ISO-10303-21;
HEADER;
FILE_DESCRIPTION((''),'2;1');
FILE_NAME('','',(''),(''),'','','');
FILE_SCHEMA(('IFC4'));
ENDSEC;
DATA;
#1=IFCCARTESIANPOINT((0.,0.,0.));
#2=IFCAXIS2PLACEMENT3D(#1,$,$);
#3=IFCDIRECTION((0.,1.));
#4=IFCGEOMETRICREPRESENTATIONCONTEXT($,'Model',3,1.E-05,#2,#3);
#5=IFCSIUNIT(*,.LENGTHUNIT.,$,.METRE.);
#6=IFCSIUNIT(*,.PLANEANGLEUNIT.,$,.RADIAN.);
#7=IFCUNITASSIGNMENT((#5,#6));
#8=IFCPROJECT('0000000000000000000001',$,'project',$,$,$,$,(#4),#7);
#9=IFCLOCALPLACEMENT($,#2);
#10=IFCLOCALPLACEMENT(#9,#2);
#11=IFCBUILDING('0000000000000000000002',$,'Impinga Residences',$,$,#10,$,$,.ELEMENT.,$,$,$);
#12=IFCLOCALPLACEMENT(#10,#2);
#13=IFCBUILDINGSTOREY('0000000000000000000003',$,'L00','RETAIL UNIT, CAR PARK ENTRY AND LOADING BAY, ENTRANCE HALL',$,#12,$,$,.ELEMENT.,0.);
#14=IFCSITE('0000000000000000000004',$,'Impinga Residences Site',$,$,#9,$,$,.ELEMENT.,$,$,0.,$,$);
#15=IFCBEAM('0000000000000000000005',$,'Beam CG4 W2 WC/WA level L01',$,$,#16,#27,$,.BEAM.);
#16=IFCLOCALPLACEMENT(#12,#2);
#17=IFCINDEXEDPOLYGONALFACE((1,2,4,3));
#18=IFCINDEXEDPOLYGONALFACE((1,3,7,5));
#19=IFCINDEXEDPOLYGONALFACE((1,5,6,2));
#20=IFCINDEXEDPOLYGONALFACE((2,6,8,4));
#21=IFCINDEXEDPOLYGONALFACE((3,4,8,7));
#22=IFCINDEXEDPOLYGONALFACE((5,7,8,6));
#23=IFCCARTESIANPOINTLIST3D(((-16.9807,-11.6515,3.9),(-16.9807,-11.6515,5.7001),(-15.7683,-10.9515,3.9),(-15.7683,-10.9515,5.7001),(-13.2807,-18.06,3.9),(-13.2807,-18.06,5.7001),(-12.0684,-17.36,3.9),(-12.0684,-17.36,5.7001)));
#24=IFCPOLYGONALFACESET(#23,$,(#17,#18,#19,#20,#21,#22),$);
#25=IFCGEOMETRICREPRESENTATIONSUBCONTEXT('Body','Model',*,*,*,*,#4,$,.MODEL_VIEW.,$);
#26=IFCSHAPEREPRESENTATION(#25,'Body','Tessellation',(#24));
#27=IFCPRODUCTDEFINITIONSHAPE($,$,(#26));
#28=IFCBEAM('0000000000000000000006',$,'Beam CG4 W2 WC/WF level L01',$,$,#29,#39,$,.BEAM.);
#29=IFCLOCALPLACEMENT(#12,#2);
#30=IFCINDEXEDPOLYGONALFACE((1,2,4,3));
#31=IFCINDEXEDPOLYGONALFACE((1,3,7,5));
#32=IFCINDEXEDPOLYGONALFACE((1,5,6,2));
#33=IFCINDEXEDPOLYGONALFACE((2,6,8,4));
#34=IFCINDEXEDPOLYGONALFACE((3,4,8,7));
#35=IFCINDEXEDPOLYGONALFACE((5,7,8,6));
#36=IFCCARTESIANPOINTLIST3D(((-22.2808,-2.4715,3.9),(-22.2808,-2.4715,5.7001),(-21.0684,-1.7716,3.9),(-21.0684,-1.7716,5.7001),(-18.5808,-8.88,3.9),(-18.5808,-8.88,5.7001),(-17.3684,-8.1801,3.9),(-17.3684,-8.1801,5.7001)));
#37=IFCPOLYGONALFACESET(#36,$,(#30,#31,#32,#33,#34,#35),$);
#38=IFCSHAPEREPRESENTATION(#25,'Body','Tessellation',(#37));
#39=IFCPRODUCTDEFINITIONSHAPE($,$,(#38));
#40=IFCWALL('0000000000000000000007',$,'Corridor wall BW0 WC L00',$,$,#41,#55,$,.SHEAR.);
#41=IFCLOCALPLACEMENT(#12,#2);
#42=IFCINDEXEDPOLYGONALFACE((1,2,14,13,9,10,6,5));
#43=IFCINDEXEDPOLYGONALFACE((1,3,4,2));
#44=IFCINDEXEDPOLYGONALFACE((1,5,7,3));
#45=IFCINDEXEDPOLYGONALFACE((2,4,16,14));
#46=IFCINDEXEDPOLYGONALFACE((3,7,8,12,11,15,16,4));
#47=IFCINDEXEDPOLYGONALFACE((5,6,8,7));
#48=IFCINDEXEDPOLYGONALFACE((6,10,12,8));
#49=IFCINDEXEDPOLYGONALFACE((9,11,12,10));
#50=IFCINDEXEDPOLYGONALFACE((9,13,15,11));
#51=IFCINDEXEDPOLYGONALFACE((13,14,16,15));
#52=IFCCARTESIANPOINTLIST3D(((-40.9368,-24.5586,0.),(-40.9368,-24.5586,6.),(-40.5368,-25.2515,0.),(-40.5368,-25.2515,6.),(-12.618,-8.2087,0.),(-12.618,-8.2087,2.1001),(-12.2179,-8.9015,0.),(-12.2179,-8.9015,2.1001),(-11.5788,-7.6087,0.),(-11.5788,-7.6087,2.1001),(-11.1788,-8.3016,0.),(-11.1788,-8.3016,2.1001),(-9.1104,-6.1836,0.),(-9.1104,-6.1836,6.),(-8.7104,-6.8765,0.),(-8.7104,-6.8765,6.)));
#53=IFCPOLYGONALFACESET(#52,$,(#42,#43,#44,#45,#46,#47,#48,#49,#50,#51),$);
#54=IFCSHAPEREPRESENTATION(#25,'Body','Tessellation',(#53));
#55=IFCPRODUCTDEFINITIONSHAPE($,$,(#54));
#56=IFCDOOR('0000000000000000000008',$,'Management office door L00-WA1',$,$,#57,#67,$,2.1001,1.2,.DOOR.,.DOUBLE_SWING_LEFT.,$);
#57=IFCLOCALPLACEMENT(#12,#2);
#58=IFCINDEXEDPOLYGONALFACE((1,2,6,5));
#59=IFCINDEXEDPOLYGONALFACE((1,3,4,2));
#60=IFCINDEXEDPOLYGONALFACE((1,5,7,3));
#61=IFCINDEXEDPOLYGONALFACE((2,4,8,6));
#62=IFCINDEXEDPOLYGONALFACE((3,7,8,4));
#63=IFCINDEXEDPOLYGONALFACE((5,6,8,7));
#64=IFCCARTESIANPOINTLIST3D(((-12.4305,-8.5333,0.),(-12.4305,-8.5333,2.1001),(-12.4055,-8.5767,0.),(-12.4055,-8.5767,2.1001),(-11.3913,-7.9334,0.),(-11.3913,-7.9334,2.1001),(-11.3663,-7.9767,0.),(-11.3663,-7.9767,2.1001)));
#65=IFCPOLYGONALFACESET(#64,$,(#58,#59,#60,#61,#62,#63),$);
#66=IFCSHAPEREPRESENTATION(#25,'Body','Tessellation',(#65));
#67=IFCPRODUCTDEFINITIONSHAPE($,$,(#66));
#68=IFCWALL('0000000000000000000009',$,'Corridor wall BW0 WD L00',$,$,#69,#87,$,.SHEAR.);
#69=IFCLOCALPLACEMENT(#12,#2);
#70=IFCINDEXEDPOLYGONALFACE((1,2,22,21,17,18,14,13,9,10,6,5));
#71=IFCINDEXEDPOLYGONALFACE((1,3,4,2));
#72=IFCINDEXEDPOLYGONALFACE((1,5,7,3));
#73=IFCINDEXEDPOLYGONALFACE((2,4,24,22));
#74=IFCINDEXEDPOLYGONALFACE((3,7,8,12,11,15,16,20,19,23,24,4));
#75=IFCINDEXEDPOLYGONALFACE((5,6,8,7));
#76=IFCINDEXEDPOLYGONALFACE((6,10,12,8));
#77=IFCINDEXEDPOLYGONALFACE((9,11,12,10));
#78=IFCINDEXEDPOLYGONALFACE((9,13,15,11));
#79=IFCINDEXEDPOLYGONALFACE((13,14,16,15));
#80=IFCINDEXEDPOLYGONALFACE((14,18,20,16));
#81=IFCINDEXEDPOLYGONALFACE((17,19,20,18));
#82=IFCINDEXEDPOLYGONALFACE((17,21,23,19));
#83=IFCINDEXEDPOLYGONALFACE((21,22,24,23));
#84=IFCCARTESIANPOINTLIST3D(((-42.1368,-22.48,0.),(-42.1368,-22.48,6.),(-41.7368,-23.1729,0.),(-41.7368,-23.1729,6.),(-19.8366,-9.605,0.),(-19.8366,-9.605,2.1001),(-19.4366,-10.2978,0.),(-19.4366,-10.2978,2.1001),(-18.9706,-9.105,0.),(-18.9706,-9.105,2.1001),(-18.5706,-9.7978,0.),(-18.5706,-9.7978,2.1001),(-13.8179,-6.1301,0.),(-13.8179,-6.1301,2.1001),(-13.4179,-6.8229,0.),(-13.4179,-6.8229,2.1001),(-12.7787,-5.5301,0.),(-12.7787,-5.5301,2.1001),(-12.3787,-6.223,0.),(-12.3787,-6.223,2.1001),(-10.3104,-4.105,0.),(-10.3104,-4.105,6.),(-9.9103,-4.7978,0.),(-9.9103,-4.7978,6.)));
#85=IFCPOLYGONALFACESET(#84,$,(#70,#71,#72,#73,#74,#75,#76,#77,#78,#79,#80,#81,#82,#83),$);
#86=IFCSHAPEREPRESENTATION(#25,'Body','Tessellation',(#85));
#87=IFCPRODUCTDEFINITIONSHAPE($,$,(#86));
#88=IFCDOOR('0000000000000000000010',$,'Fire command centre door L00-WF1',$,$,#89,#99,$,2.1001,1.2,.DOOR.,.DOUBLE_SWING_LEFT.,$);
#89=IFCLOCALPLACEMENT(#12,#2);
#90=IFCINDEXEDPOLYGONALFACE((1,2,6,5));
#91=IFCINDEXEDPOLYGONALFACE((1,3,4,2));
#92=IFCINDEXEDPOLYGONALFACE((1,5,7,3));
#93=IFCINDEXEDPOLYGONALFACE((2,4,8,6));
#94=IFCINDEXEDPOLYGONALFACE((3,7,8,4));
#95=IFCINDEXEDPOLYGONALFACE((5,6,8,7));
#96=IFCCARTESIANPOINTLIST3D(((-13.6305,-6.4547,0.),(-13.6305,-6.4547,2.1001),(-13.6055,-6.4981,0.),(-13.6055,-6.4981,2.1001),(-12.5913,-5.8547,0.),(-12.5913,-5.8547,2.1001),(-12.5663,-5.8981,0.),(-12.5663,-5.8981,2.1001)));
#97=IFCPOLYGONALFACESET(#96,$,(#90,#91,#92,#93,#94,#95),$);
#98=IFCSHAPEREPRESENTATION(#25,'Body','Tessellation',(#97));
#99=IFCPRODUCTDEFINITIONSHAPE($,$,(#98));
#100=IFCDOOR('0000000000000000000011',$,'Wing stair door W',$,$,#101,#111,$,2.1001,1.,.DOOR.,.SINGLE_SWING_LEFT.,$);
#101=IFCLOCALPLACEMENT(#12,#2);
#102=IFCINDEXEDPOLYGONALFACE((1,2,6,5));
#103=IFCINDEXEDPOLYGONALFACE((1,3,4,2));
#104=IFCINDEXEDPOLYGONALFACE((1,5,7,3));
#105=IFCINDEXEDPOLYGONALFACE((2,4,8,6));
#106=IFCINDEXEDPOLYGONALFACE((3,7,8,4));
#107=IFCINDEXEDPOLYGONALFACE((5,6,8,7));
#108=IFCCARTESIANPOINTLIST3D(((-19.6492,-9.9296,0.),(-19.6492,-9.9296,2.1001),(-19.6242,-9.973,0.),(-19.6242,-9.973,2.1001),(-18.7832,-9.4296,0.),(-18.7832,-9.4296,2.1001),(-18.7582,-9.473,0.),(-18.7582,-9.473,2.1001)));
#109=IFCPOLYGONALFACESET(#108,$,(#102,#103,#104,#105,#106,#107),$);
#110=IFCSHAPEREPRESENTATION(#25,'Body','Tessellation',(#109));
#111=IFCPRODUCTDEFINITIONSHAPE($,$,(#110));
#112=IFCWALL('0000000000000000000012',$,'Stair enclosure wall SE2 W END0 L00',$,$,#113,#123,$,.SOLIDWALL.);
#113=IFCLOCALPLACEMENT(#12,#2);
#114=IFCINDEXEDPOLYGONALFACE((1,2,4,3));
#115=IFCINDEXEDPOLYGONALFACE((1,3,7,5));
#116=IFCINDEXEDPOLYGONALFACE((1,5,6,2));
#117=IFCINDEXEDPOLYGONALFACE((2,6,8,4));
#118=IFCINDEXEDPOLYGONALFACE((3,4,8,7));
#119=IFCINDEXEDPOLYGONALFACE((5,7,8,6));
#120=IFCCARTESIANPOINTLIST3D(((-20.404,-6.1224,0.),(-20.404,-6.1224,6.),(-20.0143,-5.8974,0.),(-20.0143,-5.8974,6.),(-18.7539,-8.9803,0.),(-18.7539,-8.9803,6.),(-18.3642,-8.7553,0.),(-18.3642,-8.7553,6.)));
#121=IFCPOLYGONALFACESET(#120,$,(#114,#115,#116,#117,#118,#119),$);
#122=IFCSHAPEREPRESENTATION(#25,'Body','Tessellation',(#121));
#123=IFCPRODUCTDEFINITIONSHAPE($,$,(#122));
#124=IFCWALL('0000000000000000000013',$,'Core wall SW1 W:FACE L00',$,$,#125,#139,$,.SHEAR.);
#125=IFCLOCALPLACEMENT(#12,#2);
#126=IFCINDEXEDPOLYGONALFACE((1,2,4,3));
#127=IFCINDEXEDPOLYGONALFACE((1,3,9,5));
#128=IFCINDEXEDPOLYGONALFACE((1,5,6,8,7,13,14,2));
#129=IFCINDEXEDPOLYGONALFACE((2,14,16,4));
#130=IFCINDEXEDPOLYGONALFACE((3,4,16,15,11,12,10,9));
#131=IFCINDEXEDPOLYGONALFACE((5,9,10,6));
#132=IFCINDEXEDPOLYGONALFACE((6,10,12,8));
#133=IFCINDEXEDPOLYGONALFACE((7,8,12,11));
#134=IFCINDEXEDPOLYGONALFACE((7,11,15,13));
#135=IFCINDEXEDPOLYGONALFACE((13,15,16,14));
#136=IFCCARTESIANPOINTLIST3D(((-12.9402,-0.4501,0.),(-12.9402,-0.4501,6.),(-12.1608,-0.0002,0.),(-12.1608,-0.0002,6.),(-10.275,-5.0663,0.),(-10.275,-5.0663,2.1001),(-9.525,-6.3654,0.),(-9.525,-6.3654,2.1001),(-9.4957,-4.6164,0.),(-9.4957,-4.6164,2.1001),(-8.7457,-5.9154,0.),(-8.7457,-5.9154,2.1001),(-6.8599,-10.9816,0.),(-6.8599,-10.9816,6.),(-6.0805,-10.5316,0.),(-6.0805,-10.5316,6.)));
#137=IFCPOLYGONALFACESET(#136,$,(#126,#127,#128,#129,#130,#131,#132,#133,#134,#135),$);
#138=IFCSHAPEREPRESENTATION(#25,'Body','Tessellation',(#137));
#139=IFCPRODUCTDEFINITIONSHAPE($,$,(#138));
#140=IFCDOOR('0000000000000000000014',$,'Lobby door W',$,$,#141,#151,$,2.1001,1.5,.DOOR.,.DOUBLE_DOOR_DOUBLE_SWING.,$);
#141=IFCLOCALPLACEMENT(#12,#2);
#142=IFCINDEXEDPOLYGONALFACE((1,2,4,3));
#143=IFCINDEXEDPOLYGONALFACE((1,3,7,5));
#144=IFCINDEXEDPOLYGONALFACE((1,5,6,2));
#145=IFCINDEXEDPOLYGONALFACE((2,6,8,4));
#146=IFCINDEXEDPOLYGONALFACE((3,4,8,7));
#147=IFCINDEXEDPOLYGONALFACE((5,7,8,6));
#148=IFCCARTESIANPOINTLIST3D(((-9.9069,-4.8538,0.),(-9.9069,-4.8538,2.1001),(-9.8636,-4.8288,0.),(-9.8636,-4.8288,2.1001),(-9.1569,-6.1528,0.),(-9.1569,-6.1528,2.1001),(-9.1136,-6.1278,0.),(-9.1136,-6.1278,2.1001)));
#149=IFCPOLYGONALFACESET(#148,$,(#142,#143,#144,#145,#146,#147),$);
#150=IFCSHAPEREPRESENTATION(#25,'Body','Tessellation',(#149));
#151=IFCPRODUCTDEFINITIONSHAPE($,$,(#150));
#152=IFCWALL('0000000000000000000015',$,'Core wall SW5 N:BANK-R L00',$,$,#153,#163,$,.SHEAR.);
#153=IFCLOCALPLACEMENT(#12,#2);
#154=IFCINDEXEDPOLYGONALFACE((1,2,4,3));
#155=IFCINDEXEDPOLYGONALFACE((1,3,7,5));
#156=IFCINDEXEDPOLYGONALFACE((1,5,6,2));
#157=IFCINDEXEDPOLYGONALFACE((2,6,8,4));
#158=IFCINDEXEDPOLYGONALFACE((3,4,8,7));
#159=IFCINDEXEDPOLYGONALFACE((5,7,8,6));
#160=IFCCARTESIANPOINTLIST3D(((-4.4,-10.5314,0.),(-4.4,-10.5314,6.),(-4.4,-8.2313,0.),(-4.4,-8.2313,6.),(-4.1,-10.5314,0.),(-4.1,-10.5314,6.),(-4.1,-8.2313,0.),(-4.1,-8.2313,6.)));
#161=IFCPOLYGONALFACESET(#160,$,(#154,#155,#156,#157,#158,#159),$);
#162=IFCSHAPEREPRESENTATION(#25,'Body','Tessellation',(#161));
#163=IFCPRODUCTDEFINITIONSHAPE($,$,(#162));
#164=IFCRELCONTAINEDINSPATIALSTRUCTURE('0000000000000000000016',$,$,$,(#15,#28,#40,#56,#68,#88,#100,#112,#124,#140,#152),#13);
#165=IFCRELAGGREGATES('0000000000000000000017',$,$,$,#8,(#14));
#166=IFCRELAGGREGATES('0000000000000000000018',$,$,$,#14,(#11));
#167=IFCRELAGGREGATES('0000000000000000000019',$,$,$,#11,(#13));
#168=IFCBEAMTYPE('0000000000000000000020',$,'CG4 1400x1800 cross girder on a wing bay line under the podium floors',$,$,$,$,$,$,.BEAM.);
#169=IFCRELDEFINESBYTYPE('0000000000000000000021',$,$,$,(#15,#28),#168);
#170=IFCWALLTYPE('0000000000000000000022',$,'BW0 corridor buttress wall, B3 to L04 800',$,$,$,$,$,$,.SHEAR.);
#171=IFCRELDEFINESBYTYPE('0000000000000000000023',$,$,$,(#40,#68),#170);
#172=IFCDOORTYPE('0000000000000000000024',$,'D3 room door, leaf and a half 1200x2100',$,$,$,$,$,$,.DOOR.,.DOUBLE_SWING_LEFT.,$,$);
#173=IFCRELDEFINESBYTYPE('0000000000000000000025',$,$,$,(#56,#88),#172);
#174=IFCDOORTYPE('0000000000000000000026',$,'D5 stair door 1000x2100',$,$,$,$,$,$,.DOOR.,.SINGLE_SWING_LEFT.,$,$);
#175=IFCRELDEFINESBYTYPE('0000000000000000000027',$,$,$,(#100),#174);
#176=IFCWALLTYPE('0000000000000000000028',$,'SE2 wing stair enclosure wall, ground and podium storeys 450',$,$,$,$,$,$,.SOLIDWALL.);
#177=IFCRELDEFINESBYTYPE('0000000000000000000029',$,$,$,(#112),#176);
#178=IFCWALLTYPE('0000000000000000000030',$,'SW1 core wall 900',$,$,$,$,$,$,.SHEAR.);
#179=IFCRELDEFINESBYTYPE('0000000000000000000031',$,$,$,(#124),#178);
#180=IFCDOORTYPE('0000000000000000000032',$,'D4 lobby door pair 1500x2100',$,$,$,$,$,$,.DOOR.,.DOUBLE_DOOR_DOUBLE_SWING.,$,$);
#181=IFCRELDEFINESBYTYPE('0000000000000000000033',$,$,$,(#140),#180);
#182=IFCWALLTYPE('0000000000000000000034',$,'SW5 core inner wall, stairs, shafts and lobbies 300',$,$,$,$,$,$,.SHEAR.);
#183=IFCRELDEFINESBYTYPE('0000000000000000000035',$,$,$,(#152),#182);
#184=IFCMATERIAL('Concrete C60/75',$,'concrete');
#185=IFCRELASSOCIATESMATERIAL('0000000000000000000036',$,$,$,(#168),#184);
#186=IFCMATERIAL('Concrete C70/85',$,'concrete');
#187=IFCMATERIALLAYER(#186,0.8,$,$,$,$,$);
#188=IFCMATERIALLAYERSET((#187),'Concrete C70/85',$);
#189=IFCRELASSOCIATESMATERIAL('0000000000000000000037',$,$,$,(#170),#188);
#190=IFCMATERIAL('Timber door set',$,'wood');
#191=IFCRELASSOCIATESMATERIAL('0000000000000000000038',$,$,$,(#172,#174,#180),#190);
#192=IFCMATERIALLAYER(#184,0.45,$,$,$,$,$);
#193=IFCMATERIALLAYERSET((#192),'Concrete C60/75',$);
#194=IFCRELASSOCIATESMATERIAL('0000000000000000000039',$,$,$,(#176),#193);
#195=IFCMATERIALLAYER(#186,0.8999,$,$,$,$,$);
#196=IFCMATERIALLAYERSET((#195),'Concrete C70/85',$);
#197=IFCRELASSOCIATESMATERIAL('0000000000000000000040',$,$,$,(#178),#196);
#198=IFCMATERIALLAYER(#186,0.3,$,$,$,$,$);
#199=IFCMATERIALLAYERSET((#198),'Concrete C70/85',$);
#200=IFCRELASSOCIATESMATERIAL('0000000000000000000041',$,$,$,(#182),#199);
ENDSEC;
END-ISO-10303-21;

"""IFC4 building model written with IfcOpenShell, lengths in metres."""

from ifc_helpers import new_model, si_unit, direction, frame, frame_2d, origin, origin_2d, place, context, subcontext, project, spatial, rectangle, extrude, material, layer, layer_set, material_profile, profile_set, type_object, element, fill, save


model = new_model("IFC4")

# Units and contexts
model_context = context("Model", 3, precision=1e-05, world=origin(), true_north=direction((0.0, 1.0)))
body_context = subcontext(model_context, "Body", "Model", "MODEL_VIEW")
ifc_project = project(units=[si_unit("LENGTHUNIT", "METRE"), si_unit("PLANEANGLEUNIT", "RADIAN")], contexts=[model_context])

# Site, building, storey
site_placement = place(None, origin())
site = spatial("IfcSite", under=ifc_project, at=site_placement, Name="Impinga Residences Site", CompositionType="ELEMENT", RefElevation=0.0)
building_placement = place(site_placement, origin())
building = spatial("IfcBuilding", under=site, at=building_placement, Name="Impinga Residences", CompositionType="ELEMENT")
storey_placement = place(building_placement, origin())
storey = spatial("IfcBuildingStorey", under=building, at=storey_placement, Name="L00", Description="RETAIL UNIT, CAR PARK ENTRY AND LOADING BAY, ENTRANCE HALL", CompositionType="ELEMENT", Elevation=0.0)

# Beams
ifc_material_1 = material(Name="Concrete C60/75", Category="concrete")
ifc_material_profile = material_profile(ifc_material_1, rectangle(XDim=1.3999, YDim=1.8, at=origin_2d()), Name="RC 1400x1800")
ifc_profile_set = profile_set([ifc_material_profile], Name="Concrete C60/75")
beam_type = type_object("IfcBeamType", Name="CG4 1400x1800 cross girder on a wing bay line under the podium floors", PredefinedType="BEAM", material=ifc_profile_set)
for number, where, z_axis, x_axis, name in (
    (1, (-16.3745, -11.3015, 4.8), (0.500003, -0.866024, 0.0), (0.866024, 0.500003, 0.0), "Beam CG4 W2 WC/WA level L01"),
    (2, (-17.9746, -8.53, 4.8), (-0.500003, 0.866024, 0.0), (-0.866024, -0.500003, 0.0), "Beam CG4 W2 WC/WF level L01"),
):
    element("IfcBeam", number, at=place(storey_placement, frame(where, z_axis=z_axis, x_axis=x_axis)), inside=storey, type_object=beam_type, Name=name, PredefinedType="BEAM", context=body_context, shape_type="SweptSolid", body=[
        extrude(rectangle(XDim=1.3999, YDim=1.8, at=origin_2d()), origin(), (0.0, 0.0, 1.0), 7.3999),
    ])

# Wall, opening, door
ifc_material_2 = material(Name="Concrete C70/85", Category="concrete")
ifc_layer_1 = layer(ifc_material_2, 0.8)
ifc_layer_set_1 = layer_set([ifc_layer_1], Name="Concrete C70/85")
wall_type_1 = type_object("IfcWallType", Name="BW0 corridor buttress wall, B3 to L04 800", PredefinedType="SHEAR", material=ifc_layer_set_1)
wall_1_placement = place(storey_placement, frame((-8.9104, -6.53, 0.0), z_axis=(0.0, 0.0, 1.0), x_axis=(-0.866025, -0.5, 0.0)))
wall_1 = element("IfcWall", 3, at=wall_1_placement, inside=storey, type_object=wall_type_1, Name="Corridor wall BW0 WC L00", PredefinedType="SHEAR", context=body_context, shape_type="SweptSolid", body=[
    extrude(rectangle(XDim=36.75, YDim=0.8, at=frame_2d((18.375, 0.0))), origin(), (0.0, 0.0, 1.0), 6.0),
])
opening_1_placement = place(wall_1_placement, frame((2.8501, 0.0, 0.0)))
opening_1 = element("IfcOpeningElement", 4, at=opening_1_placement, cuts=wall_1, PredefinedType="OPENING", context=body_context, shape_type="SweptSolid", body=[
    extrude(rectangle(XDim=1.2, YDim=2.1001, at=frame_2d((0.6001, 1.05))), frame((0.0, 0.4099, 0.0), z_axis=(0.0, -1.0, 0.0), x_axis=(1.0, 0.0, 0.0)), (0.0, 0.0, 1.0), 0.8201),
])
ifc_material_3 = material(Name="Timber door set", Category="wood")
door_type_1 = type_object("IfcDoorType", Name="D3 room door, leaf and a half 1200x2100", OperationType="DOUBLE_SWING_LEFT", PredefinedType="DOOR", material=ifc_material_3)
door_1_placement = place(opening_1_placement, origin())
door_1 = element("IfcDoor", 5, at=door_1_placement, inside=storey, type_object=door_type_1, Name="Management office door L00-WA1", OperationType="DOUBLE_SWING_LEFT", OverallHeight=2.1001, OverallWidth=1.2, PredefinedType="DOOR", context=body_context, shape_type="SweptSolid", body=[
    extrude(rectangle(XDim=1.2, YDim=2.1001, at=frame_2d((0.6001, 1.05))), frame((0.0, 0.0249, 0.0), z_axis=(0.0, -1.0, 0.0), x_axis=(1.0, 0.0, 0.0)), (0.0, 0.0, 1.0), 0.05),
])
fill(opening_1, door_1)

# Wall, openings, doors
wall_2_placement = place(storey_placement, frame((-10.1104, -4.4514, 0.0), z_axis=(0.0, 0.0, 1.0), x_axis=(-0.866025, -0.5, 0.0)))
wall_2 = element("IfcWall", 6, at=wall_2_placement, inside=storey, type_object=wall_type_1, Name="Corridor wall BW0 WD L00", PredefinedType="SHEAR", context=body_context, shape_type="SweptSolid", body=[
    extrude(rectangle(XDim=36.75, YDim=0.8, at=frame_2d((18.375, 0.0))), origin(), (0.0, 0.0, 1.0), 6.0),
])
opening_2_placement = place(wall_2_placement, frame((10.0, 0.0, 0.0)))
opening_2 = element("IfcOpeningElement", 7, at=opening_2_placement, cuts=wall_2, PredefinedType="OPENING", context=body_context, shape_type="SweptSolid", body=[
    extrude(rectangle(XDim=1.0, YDim=2.1001, at=frame_2d((0.5, 1.05))), frame((0.0, 0.4099, 0.0), z_axis=(0.0, -1.0, 0.0), x_axis=(1.0, 0.0, 0.0)), (0.0, 0.0, 1.0), 0.8201),
])
opening_3_placement = place(wall_2_placement, frame((2.8501, 0.0, 0.0)))
opening_3 = element("IfcOpeningElement", 8, at=opening_3_placement, cuts=wall_2, PredefinedType="OPENING", context=body_context, shape_type="SweptSolid", body=[
    extrude(rectangle(XDim=1.2, YDim=2.1001, at=frame_2d((0.6001, 1.05))), frame((0.0, 0.4099, 0.0), z_axis=(0.0, -1.0, 0.0), x_axis=(1.0, 0.0, 0.0)), (0.0, 0.0, 1.0), 0.8201),
])
door_2_placement = place(opening_3_placement, origin())
door_2 = element("IfcDoor", 9, at=door_2_placement, inside=storey, type_object=door_type_1, Name="Fire command centre door L00-WF1", OperationType="DOUBLE_SWING_LEFT", OverallHeight=2.1001, OverallWidth=1.2, PredefinedType="DOOR", context=body_context, shape_type="SweptSolid", body=[
    extrude(rectangle(XDim=1.2, YDim=2.1001, at=frame_2d((0.6001, 1.05))), frame((0.0, 0.0249, 0.0), z_axis=(0.0, -1.0, 0.0), x_axis=(1.0, 0.0, 0.0)), (0.0, 0.0, 1.0), 0.05),
])
fill(opening_3, door_2)
door_type_2 = type_object("IfcDoorType", Name="D5 stair door 1000x2100", OperationType="SINGLE_SWING_LEFT", PredefinedType="DOOR", material=ifc_material_3)
door_3_placement = place(opening_2_placement, origin())
door_3 = element("IfcDoor", 10, at=door_3_placement, inside=storey, type_object=door_type_2, Name="Wing stair door W", OperationType="SINGLE_SWING_LEFT", OverallHeight=2.1001, OverallWidth=1.0, PredefinedType="DOOR", context=body_context, shape_type="SweptSolid", body=[
    extrude(rectangle(XDim=1.0, YDim=2.1001, at=frame_2d((0.5, 1.05))), frame((0.0, 0.0249, 0.0), z_axis=(0.0, -1.0, 0.0), x_axis=(1.0, 0.0, 0.0)), (0.0, 0.0, 1.0), 0.05),
])
fill(opening_2, door_3)

# Wall
ifc_layer_2 = layer(ifc_material_1, 0.45)
ifc_layer_set_2 = layer_set([ifc_layer_2], Name="Concrete C60/75")
wall_type_2 = type_object("IfcWallType", Name="SE2 wing stair enclosure wall, ground and podium storeys 450", PredefinedType="SOLIDWALL", material=ifc_layer_set_2)
wall_3_placement = place(storey_placement, frame((-18.5591, -8.8677, 0.0), z_axis=(0.0, 0.0, 1.0), x_axis=(-0.50003, 0.866008, 0.0)))
element("IfcWall", 11, at=wall_3_placement, inside=storey, type_object=wall_type_2, Name="Stair enclosure wall SE2 W END0 L00", PredefinedType="SOLIDWALL", context=body_context, shape_type="SweptSolid", body=[
    extrude(rectangle(XDim=3.3, YDim=0.45, at=frame_2d((1.6499, 0.0))), origin(), (0.0, 0.0, 1.0), 6.0),
])

# Wall, opening, door
ifc_layer_3 = layer(ifc_material_2, 0.8999)
ifc_layer_set_3 = layer_set([ifc_layer_3], Name="Concrete C70/85")
wall_type_3 = type_object("IfcWallType", Name="SW1 core wall 900", PredefinedType="SHEAR", material=ifc_layer_set_3)
wall_4_placement = place(storey_placement, frame((-6.4702, -10.7566, 0.0), z_axis=(0.0, 0.0, 1.0), x_axis=(-0.499998, 0.866027, 0.0)))
wall_4 = element("IfcWall", 12, at=wall_4_placement, inside=storey, type_object=wall_type_3, Name="Core wall SW1 W:FACE L00", PredefinedType="SHEAR", context=body_context, shape_type="SweptSolid", body=[
    extrude(rectangle(XDim=12.1606, YDim=0.8999, at=frame_2d((6.0803, 0.0))), origin(), (0.0, 0.0, 1.0), 6.0),
])
opening_4_placement = place(wall_4_placement, frame((5.3303, 0.0, 0.0)))
opening_4 = element("IfcOpeningElement", 13, at=opening_4_placement, cuts=wall_4, PredefinedType="OPENING", context=body_context, shape_type="SweptSolid", body=[
    extrude(rectangle(XDim=1.5, YDim=2.1001, at=frame_2d((0.75, 1.05))), frame((0.0, 0.46, 0.0), z_axis=(0.0, -1.0, 0.0), x_axis=(1.0, 0.0, 0.0)), (0.0, 0.0, 1.0), 0.9199),
])
door_type_3 = type_object("IfcDoorType", Name="D4 lobby door pair 1500x2100", OperationType="DOUBLE_DOOR_DOUBLE_SWING", PredefinedType="DOOR", material=ifc_material_3)
door_4_placement = place(opening_4_placement, origin())
door_4 = element("IfcDoor", 14, at=door_4_placement, inside=storey, type_object=door_type_3, Name="Lobby door W", OperationType="DOUBLE_DOOR_DOUBLE_SWING", OverallHeight=2.1001, OverallWidth=1.5, PredefinedType="DOOR", context=body_context, shape_type="SweptSolid", body=[
    extrude(rectangle(XDim=1.5, YDim=2.1001, at=frame_2d((0.75, 1.05))), frame((0.0, 0.0249, 0.0), z_axis=(0.0, -1.0, 0.0), x_axis=(1.0, 0.0, 0.0)), (0.0, 0.0, 1.0), 0.05),
])
fill(opening_4, door_4)

# Wall
ifc_layer_4 = layer(ifc_material_2, 0.3)
ifc_layer_set_4 = layer_set([ifc_layer_4], Name="Concrete C70/85")
wall_type_4 = type_object("IfcWallType", Name="SW5 core inner wall, stairs, shafts and lobbies 300", PredefinedType="SHEAR", material=ifc_layer_set_4)
wall_5_placement = place(storey_placement, frame((-4.25, -8.2314, 0.0), z_axis=(0.0, 0.0, 1.0), x_axis=(0.0, -1.0, 0.0)))
element("IfcWall", 15, at=wall_5_placement, inside=storey, type_object=wall_type_4, Name="Core wall SW5 N:BANK-R L00", PredefinedType="SHEAR", context=body_context, shape_type="SweptSolid", body=[
    extrude(rectangle(XDim=2.3, YDim=0.3, at=frame_2d((1.1499, 0.0))), origin(), (0.0, 0.0, 1.0), 6.0),
])

save(model, "model.ifc")
